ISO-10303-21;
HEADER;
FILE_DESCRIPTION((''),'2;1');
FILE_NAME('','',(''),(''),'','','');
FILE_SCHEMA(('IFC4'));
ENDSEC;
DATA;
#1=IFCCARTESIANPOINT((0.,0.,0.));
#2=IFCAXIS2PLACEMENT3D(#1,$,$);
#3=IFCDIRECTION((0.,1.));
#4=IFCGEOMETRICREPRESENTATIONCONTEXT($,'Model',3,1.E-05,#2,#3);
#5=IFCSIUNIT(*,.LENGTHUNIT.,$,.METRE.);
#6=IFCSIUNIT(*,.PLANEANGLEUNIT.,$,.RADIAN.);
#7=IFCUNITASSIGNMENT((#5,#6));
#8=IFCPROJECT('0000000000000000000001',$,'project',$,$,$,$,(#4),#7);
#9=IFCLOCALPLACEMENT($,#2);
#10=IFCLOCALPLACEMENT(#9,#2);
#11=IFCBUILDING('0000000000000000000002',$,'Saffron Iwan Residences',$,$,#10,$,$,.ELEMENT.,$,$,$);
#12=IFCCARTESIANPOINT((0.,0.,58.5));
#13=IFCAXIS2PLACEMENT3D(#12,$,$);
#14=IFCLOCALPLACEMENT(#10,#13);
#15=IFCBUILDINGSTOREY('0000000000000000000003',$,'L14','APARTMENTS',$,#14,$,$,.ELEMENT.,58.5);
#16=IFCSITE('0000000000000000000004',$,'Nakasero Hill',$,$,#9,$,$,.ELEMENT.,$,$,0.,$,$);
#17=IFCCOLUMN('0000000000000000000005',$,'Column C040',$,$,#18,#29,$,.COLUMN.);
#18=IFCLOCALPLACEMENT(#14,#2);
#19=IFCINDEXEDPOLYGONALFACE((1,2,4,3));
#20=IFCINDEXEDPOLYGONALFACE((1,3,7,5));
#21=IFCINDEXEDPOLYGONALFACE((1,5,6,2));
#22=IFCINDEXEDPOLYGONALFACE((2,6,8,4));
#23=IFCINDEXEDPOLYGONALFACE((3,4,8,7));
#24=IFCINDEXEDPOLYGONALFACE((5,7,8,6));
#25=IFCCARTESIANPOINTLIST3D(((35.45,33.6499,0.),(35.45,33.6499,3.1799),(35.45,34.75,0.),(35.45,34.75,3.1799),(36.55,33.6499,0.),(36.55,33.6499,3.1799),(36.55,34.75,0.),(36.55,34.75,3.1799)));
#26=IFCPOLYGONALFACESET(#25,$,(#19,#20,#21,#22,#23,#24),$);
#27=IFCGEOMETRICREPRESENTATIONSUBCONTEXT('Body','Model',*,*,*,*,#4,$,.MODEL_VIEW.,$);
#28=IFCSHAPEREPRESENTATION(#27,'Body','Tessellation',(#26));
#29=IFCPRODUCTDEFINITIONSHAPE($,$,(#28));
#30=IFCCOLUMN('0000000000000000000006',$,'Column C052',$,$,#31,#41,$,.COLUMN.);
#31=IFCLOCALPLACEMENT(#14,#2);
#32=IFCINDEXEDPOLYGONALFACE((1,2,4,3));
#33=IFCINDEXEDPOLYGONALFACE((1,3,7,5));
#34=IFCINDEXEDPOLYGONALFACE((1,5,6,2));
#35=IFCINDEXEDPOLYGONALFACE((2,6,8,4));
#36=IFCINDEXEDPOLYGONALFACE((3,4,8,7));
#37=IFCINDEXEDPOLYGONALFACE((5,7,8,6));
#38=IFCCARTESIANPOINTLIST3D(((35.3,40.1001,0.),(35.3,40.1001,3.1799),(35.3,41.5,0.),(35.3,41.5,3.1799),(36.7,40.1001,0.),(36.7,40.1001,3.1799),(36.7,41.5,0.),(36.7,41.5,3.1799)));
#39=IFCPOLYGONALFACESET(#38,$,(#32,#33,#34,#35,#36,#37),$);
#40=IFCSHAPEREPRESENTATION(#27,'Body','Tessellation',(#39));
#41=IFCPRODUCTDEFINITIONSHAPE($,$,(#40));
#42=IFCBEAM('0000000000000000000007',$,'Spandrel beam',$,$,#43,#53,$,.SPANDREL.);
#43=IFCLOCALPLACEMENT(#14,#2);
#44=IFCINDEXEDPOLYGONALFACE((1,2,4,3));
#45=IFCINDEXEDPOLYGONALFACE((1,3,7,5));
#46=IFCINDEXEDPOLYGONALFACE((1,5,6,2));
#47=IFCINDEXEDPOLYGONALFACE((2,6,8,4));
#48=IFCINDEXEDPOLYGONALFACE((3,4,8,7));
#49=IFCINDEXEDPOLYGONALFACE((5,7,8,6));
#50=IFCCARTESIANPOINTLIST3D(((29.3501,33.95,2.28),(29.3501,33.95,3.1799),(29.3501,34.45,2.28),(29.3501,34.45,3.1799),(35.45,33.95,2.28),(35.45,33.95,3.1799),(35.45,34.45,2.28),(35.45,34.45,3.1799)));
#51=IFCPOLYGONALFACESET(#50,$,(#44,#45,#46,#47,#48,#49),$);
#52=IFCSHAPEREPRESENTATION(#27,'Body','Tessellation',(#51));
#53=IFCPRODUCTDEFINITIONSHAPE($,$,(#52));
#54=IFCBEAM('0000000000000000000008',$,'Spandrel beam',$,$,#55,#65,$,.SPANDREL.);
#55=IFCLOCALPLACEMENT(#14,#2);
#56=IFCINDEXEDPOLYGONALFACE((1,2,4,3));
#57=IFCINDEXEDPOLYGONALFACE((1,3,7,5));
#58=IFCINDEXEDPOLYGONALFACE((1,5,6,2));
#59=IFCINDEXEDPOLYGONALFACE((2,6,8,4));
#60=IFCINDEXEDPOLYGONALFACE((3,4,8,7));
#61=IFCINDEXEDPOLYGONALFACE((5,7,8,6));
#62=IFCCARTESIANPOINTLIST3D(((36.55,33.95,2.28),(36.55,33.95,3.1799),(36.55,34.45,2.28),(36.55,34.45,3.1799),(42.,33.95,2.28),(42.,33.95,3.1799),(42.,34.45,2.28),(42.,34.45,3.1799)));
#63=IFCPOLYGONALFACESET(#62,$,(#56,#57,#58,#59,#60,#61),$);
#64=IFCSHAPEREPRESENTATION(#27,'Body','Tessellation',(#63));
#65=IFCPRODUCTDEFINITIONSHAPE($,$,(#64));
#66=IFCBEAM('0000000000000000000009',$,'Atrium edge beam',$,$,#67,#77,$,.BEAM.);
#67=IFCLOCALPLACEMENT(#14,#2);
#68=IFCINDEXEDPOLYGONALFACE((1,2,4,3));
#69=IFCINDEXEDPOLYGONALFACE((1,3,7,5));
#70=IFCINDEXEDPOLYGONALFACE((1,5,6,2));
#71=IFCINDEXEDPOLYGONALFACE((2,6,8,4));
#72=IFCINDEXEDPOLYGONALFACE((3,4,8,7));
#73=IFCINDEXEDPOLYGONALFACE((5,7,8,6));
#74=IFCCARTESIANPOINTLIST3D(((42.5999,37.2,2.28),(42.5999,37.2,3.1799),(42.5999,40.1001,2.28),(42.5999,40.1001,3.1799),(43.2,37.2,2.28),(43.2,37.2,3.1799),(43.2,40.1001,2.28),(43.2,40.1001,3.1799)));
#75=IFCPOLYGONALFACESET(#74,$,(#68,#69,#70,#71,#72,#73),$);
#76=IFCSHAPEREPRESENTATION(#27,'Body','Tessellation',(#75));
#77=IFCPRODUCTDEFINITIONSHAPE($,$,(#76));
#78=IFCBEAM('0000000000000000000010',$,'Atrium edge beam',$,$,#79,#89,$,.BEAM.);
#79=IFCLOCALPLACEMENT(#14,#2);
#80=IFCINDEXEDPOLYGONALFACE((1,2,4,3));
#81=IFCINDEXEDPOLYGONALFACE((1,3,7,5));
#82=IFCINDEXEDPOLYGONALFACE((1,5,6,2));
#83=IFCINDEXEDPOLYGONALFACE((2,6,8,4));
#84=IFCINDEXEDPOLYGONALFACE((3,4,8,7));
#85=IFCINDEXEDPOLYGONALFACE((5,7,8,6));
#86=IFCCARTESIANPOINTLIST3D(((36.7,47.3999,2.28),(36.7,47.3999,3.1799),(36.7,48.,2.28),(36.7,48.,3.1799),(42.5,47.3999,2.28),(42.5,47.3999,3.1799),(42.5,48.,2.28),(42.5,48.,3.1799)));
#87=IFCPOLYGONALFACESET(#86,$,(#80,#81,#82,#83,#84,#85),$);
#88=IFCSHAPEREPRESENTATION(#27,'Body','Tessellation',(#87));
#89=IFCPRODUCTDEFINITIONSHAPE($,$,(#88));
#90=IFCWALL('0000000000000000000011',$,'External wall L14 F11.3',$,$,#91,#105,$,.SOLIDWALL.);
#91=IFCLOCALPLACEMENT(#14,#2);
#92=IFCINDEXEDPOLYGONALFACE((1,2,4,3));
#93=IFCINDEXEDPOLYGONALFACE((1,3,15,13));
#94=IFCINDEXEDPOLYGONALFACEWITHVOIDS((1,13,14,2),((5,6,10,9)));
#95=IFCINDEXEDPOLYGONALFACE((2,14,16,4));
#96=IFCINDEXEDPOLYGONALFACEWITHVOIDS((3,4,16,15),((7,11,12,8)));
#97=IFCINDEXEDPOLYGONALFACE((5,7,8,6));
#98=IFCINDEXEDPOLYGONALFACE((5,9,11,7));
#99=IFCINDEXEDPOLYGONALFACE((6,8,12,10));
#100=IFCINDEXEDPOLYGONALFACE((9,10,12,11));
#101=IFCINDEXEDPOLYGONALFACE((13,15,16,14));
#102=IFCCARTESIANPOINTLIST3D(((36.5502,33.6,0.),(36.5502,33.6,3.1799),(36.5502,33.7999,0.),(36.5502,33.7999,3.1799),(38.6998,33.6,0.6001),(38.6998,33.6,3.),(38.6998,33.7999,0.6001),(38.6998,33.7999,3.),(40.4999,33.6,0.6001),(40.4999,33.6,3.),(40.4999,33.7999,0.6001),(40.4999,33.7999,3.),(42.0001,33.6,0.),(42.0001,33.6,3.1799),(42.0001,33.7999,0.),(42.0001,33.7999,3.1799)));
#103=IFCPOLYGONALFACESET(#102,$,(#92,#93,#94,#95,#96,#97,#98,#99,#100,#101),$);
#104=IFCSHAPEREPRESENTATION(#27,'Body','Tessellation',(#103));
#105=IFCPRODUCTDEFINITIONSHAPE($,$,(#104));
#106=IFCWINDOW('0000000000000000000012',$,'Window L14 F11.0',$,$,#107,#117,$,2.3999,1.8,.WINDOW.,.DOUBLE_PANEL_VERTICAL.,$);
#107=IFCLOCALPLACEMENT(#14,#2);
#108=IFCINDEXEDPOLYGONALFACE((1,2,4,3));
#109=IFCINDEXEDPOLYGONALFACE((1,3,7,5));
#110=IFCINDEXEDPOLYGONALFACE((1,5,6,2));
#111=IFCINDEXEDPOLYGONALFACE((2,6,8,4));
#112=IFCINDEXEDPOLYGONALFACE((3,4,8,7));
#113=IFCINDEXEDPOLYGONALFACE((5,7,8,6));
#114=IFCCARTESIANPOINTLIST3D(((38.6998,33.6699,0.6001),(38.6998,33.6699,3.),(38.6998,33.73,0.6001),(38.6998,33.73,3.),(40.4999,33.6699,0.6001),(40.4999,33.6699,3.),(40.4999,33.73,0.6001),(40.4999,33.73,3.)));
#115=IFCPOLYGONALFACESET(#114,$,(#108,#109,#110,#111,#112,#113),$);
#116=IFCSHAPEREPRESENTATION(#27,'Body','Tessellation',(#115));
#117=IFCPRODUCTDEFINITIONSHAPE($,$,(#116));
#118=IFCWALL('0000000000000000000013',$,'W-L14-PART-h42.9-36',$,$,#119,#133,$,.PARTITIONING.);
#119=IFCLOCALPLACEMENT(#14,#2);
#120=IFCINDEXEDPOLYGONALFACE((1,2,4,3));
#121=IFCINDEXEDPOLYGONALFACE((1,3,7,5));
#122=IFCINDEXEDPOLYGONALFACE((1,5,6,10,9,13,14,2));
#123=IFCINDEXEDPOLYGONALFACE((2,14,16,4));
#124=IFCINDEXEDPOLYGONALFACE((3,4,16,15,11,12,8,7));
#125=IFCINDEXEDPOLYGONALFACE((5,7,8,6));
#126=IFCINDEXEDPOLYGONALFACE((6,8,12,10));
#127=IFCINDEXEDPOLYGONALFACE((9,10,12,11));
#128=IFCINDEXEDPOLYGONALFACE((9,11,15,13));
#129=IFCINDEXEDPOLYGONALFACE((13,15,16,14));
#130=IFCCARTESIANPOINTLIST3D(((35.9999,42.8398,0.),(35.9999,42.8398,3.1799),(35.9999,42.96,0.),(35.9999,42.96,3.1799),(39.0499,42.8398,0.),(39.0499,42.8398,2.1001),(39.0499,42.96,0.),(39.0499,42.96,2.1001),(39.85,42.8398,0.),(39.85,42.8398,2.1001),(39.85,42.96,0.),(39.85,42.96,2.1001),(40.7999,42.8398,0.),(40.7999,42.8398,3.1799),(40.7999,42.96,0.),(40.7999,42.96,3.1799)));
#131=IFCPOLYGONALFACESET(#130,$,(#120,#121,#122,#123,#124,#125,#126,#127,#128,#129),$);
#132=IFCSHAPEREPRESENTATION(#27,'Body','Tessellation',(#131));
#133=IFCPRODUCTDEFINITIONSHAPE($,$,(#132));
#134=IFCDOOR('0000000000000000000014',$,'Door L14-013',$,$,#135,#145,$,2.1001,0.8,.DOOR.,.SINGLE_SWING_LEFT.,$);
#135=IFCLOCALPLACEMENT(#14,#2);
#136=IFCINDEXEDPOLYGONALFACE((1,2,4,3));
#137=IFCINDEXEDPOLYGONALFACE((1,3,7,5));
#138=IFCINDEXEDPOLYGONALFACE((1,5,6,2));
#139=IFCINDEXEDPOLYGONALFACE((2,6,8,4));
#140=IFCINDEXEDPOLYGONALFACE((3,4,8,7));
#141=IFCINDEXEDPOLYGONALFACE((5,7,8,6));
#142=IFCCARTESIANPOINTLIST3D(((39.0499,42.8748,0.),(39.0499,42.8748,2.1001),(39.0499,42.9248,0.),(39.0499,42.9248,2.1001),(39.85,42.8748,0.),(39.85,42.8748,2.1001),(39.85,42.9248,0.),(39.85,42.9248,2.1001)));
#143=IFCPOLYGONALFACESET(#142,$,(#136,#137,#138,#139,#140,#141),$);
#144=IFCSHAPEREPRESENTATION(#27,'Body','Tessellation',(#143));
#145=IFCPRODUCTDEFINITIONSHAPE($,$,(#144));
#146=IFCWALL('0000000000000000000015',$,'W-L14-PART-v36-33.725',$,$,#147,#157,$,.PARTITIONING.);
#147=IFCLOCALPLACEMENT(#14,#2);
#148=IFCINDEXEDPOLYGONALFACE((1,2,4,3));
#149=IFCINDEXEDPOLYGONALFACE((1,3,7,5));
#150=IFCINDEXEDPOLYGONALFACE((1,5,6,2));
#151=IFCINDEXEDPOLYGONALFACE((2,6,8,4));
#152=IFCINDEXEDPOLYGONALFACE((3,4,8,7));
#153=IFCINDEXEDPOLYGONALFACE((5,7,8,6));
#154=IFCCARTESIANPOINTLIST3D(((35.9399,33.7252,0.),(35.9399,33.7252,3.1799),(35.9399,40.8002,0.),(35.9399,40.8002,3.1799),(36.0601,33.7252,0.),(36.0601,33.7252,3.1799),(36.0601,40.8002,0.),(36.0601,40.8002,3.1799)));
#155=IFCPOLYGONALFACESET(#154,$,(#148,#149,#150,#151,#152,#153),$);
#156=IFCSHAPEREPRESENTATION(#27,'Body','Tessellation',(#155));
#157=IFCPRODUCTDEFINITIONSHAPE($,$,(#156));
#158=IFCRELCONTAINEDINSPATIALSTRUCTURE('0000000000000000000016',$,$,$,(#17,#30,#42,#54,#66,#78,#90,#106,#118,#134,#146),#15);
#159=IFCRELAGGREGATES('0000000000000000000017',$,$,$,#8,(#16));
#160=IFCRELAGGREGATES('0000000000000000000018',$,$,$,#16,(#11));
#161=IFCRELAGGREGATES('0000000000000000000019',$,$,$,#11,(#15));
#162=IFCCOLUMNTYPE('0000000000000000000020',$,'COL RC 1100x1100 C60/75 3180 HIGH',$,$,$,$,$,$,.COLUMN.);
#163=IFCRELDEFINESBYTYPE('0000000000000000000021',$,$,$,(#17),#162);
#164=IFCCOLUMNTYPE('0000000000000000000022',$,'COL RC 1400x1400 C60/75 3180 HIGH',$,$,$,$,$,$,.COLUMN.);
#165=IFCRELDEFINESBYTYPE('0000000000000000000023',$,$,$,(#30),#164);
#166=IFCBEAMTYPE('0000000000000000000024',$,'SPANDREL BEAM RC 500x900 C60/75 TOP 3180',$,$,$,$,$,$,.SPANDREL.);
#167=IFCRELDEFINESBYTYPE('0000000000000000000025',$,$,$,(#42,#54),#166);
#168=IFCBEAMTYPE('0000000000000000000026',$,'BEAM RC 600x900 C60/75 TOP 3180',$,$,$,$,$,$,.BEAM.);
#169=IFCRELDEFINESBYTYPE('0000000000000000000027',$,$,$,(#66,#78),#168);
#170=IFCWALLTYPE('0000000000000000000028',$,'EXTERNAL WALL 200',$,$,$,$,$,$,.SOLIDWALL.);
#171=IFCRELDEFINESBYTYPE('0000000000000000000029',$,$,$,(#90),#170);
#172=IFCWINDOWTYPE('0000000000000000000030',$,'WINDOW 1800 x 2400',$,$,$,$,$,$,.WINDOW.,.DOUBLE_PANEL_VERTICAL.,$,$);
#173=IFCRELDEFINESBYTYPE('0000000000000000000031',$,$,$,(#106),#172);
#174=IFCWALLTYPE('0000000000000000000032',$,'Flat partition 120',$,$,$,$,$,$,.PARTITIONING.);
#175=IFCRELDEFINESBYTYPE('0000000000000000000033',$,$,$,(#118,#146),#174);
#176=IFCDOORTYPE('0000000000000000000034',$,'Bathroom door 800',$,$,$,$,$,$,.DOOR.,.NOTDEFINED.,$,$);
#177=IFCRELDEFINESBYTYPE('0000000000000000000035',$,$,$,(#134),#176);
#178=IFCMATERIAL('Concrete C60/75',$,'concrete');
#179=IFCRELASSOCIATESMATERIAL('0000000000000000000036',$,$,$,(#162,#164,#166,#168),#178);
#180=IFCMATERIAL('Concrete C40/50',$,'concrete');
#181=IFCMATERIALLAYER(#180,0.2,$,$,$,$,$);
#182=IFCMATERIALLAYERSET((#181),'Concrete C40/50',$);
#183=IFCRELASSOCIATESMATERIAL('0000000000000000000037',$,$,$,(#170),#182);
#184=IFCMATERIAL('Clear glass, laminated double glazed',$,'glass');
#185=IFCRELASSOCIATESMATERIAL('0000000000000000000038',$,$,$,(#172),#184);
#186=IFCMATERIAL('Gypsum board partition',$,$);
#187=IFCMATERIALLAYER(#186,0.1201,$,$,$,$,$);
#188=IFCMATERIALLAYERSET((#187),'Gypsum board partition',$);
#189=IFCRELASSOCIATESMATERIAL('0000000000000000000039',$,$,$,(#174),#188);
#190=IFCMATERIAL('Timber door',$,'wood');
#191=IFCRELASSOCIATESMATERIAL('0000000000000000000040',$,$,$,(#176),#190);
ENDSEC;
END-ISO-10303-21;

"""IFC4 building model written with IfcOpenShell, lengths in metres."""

from ifc_helpers import new_model, si_unit, direction, frame, frame_2d, origin, origin_2d, place, context, subcontext, project, spatial, rectangle, extrude, source, transform, mapped, material, layer, layer_set, material_profile, profile_set, type_object, element, fill, save


model = new_model("IFC4")

# Units and contexts
model_context = context("Model", 3, precision=1e-05, world=origin(), true_north=direction((0.0, 1.0)))
body_context = subcontext(model_context, "Body", "Model", "MODEL_VIEW")
ifc_project = project(units=[si_unit("LENGTHUNIT", "METRE"), si_unit("PLANEANGLEUNIT", "RADIAN")], contexts=[model_context])

# Site, building, storey
site_placement = place(None, origin())
site = spatial("IfcSite", under=ifc_project, at=site_placement, Name="Nakasero Hill", CompositionType="ELEMENT", RefElevation=0.0)
building_placement = place(site_placement, origin())
building = spatial("IfcBuilding", under=site, at=building_placement, Name="Saffron Iwan Residences", CompositionType="ELEMENT")
storey_placement = place(building_placement, frame((0.0, 0.0, 58.5)))
storey = spatial("IfcBuildingStorey", under=building, at=storey_placement, Name="L14", Description="APARTMENTS", CompositionType="ELEMENT", Elevation=58.5)

# Columns
ifc_material_1 = material(Name="Concrete C60/75", Category="concrete")
ifc_material_profile_1 = material_profile(ifc_material_1, rectangle(XDim=1.1001, YDim=1.1001, at=origin_2d()), Name="RC 1100x1100")
ifc_profile_set_1 = profile_set([ifc_material_profile_1], Name="Concrete C60/75")
column_type_1 = type_object("IfcColumnType", Name="COL RC 1100x1100 C60/75 3180 HIGH", PredefinedType="COLUMN", material=ifc_profile_set_1)
shared_shape_1 = source(origin(), body_context, "Body", "SweptSolid", [
    extrude(rectangle(XDim=1.1001, YDim=1.1001, at=origin_2d()), origin(), (0.0, 0.0, 1.0), 3.1799),
])
column_1_placement = place(storey_placement, frame((36.0, 34.2, 0.0), z_axis=(0.0, 0.0, 1.0), x_axis=(1.0, 0.0, 0.0)))
element("IfcColumn", 1, at=column_1_placement, inside=storey, type_object=column_type_1, Name="Column C040", PredefinedType="COLUMN", context=body_context, shape_type="MappedRepresentation", body=[
    mapped(shared_shape_1, transform((0.0, 0.0, 0.0))),
])
ifc_material_profile_2 = material_profile(ifc_material_1, rectangle(XDim=1.3999, YDim=1.3999, at=origin_2d()), Name="RC 1400x1400")
ifc_profile_set_2 = profile_set([ifc_material_profile_2], Name="Concrete C60/75")
column_type_2 = type_object("IfcColumnType", Name="COL RC 1400x1400 C60/75 3180 HIGH", PredefinedType="COLUMN", material=ifc_profile_set_2)
shared_shape_2 = source(origin(), body_context, "Body", "SweptSolid", [
    extrude(rectangle(XDim=1.3999, YDim=1.3999, at=origin_2d()), origin(), (0.0, 0.0, 1.0), 3.1799),
])
column_2_placement = place(storey_placement, frame((36.0, 40.8, 0.0), z_axis=(0.0, 0.0, 1.0), x_axis=(1.0, 0.0, 0.0)))
element("IfcColumn", 2, at=column_2_placement, inside=storey, type_object=column_type_2, Name="Column C052", PredefinedType="COLUMN", context=body_context, shape_type="MappedRepresentation", body=[
    mapped(shared_shape_2, transform((0.0, 0.0, 0.0))),
])

# Beams
ifc_material_profile_3 = material_profile(ifc_material_1, rectangle(XDim=0.5, YDim=0.8999, at=origin_2d()), Name="RC 500x900")
ifc_profile_set_3 = profile_set([ifc_material_profile_3], Name="Concrete C60/75")
beam_type_1 = type_object("IfcBeamType", Name="SPANDREL BEAM RC 500x900 C60/75 TOP 3180", PredefinedType="SPANDREL", material=ifc_profile_set_3)
shared_shape_3 = source(origin(), body_context, "Body", "SweptSolid", [
    extrude(rectangle(XDim=0.5, YDim=0.8999, at=origin_2d()), origin(), (0.0, 0.0, 1.0), 6.0999),
])
beam_1_placement = place(storey_placement, frame((35.45, 34.2, 2.73), z_axis=(-1.0, 0.0, 0.0), x_axis=(0.0, -1.0, 0.0)))
element("IfcBeam", 3, at=beam_1_placement, inside=storey, type_object=beam_type_1, Name="Spandrel beam", PredefinedType="SPANDREL", context=body_context, shape_type="MappedRepresentation", body=[
    mapped(shared_shape_3, transform((0.0, 0.0, 0.0))),
])
shared_shape_4 = source(origin(), body_context, "Body", "SweptSolid", [
    extrude(rectangle(XDim=0.5, YDim=0.8999, at=origin_2d()), origin(), (0.0, 0.0, 1.0), 5.45),
])
beam_2_placement = place(storey_placement, frame((42.0, 34.2, 2.73), z_axis=(-1.0, 0.0, 0.0), x_axis=(0.0, -1.0, 0.0)))
element("IfcBeam", 4, at=beam_2_placement, inside=storey, type_object=beam_type_1, Name="Spandrel beam", PredefinedType="SPANDREL", context=body_context, shape_type="MappedRepresentation", body=[
    mapped(shared_shape_4, transform((0.0, 0.0, 0.0))),
])
ifc_material_profile_4 = material_profile(ifc_material_1, rectangle(XDim=0.6001, YDim=0.8999, at=origin_2d()), Name="RC 600x900")
ifc_profile_set_4 = profile_set([ifc_material_profile_4], Name="Concrete C60/75")
beam_type_2 = type_object("IfcBeamType", Name="BEAM RC 600x900 C60/75 TOP 3180", PredefinedType="BEAM", material=ifc_profile_set_4)
shared_shape_5 = source(origin(), body_context, "Body", "SweptSolid", [
    extrude(rectangle(XDim=0.6001, YDim=0.8999, at=origin_2d()), origin(), (0.0, 0.0, 1.0), 2.9001),
])
beam_3_placement = place(storey_placement, frame((42.8999, 37.2, 2.73), z_axis=(0.0, 1.0, 0.0), x_axis=(-1.0, 0.0, 0.0)))
element("IfcBeam", 5, at=beam_3_placement, inside=storey, type_object=beam_type_2, Name="Atrium edge beam", PredefinedType="BEAM", context=body_context, shape_type="MappedRepresentation", body=[
    mapped(shared_shape_5, transform((0.0, 0.0, 0.0))),
])
shared_shape_6 = source(origin(), body_context, "Body", "SweptSolid", [
    extrude(rectangle(XDim=0.6001, YDim=0.8999, at=origin_2d()), origin(), (0.0, 0.0, 1.0), 5.8),
])
beam_4_placement = place(storey_placement, frame((42.5, 47.7, 2.73), z_axis=(-1.0, 0.0, 0.0), x_axis=(0.0, -1.0, 0.0)))
element("IfcBeam", 6, at=beam_4_placement, inside=storey, type_object=beam_type_2, Name="Atrium edge beam", PredefinedType="BEAM", context=body_context, shape_type="MappedRepresentation", body=[
    mapped(shared_shape_6, transform((0.0, 0.0, 0.0))),
])

# Wall, opening, window
ifc_material_2 = material(Name="Concrete C40/50", Category="concrete")
ifc_layer_1 = layer(ifc_material_2, 0.2)
ifc_layer_set_1 = layer_set([ifc_layer_1], Name="Concrete C40/50")
wall_type_1 = type_object("IfcWallType", Name="EXTERNAL WALL 200", PredefinedType="SOLIDWALL", material=ifc_layer_set_1)
wall_1_placement = place(storey_placement, frame((36.55, 33.7, 0.0), z_axis=(0.0, 0.0, 1.0), x_axis=(1.0, 0.0, 0.0)))
wall_1 = element("IfcWall", 7, at=wall_1_placement, inside=storey, type_object=wall_type_1, Name="External wall L14 F11.3", PredefinedType="SOLIDWALL", context=body_context, shape_type="SweptSolid", body=[
    extrude(rectangle(XDim=5.45, YDim=0.2, at=frame_2d((2.7251, 0.0))), origin(), (0.0, 0.0, 1.0), 3.1799),
])
opening_1_placement = place(wall_1_placement, frame((2.1499, 0.0, 0.6001)))
opening_1 = element("IfcOpeningElement", 8, at=opening_1_placement, cuts=wall_1, PredefinedType="OPENING", context=body_context, shape_type="SweptSolid", body=[
    extrude(rectangle(XDim=1.8, YDim=2.3999, at=frame_2d((0.8999, 1.2))), frame((0.0, 0.1099, 0.0), z_axis=(0.0, -1.0, 0.0), x_axis=(1.0, 0.0, 0.0)), (0.0, 0.0, 1.0), 0.22),
])
ifc_material_3 = material(Name="Clear glass, laminated double glazed", Category="glass")
window_type = type_object("IfcWindowType", Name="WINDOW 1800 x 2400", PartitioningType="DOUBLE_PANEL_VERTICAL", PredefinedType="WINDOW", material=ifc_material_3)
window_placement = place(opening_1_placement, origin())
window = element("IfcWindow", 9, at=window_placement, inside=storey, type_object=window_type, Name="Window L14 F11.0", OverallHeight=2.3999, OverallWidth=1.8, PartitioningType="DOUBLE_PANEL_VERTICAL", PredefinedType="WINDOW", context=body_context, shape_type="SweptSolid", body=[
    extrude(rectangle(XDim=1.8, YDim=2.3999, at=frame_2d((0.8999, 1.2))), frame((0.0, 0.03, 0.0), z_axis=(0.0, -1.0, 0.0), x_axis=(1.0, 0.0, 0.0)), (0.0, 0.0, 1.0), 0.0601),
])
fill(opening_1, window)

# Wall, opening, door
ifc_material_4 = material(Name="Gypsum board partition")
ifc_layer_2 = layer(ifc_material_4, 0.1201)
ifc_layer_set_2 = layer_set([ifc_layer_2], Name="Gypsum board partition")
wall_type_2 = type_object("IfcWallType", Name="Flat partition 120", PredefinedType="PARTITIONING", material=ifc_layer_set_2)
wall_2_placement = place(storey_placement, frame((36.0, 42.8999, 0.0), z_axis=(0.0, 0.0, 1.0), x_axis=(1.0, 0.0, 0.0)))
wall_2 = element("IfcWall", 10, at=wall_2_placement, inside=storey, type_object=wall_type_2, Name="W-L14-PART-h42.9-36", PredefinedType="PARTITIONING", context=body_context, shape_type="SweptSolid", body=[
    extrude(rectangle(XDim=4.8, YDim=0.1201, at=frame_2d((2.3999, 0.0))), origin(), (0.0, 0.0, 1.0), 3.1799),
])
opening_2_placement = place(wall_2_placement, frame((3.05, 0.0, 0.0)))
opening_2 = element("IfcOpeningElement", 11, at=opening_2_placement, cuts=wall_2, PredefinedType="OPENING", context=body_context, shape_type="SweptSolid", body=[
    extrude(rectangle(XDim=0.8, YDim=2.1001, at=frame_2d((0.3999, 1.05))), frame((0.0, 0.0701, 0.0), z_axis=(0.0, -1.0, 0.0), x_axis=(1.0, 0.0, 0.0)), (0.0, 0.0, 1.0), 0.1401),
])
ifc_material_5 = material(Name="Timber door", Category="wood")
door_type = type_object("IfcDoorType", Name="Bathroom door 800", OperationType="NOTDEFINED", PredefinedType="DOOR", material=ifc_material_5)
door_1_placement = place(opening_2_placement, origin())
door_1 = element("IfcDoor", 12, at=door_1_placement, inside=storey, type_object=door_type, Name="Door L14-013", OperationType="SINGLE_SWING_LEFT", OverallHeight=2.1001, OverallWidth=0.8, PredefinedType="DOOR", context=body_context, shape_type="SweptSolid", body=[
    extrude(rectangle(XDim=0.8, YDim=2.1001, at=frame_2d((0.3999, 1.05))), frame((0.0, 0.0249, 0.0), z_axis=(0.0, -1.0, 0.0), x_axis=(1.0, 0.0, 0.0)), (0.0, 0.0, 1.0), 0.05),
])
fill(opening_2, door_1)

# Wall
wall_3_placement = place(storey_placement, frame((36.0, 33.7251, 0.0), z_axis=(0.0, 0.0, 1.0), x_axis=(0.0, 1.0, 0.0)))
element("IfcWall", 13, at=wall_3_placement, inside=storey, type_object=wall_type_2, Name="W-L14-PART-v36-33.725", PredefinedType="PARTITIONING", context=body_context, shape_type="SweptSolid", body=[
    extrude(rectangle(XDim=7.075, YDim=0.1201, at=frame_2d((3.5376, 0.0))), origin(), (0.0, 0.0, 1.0), 3.1799),
])

save(model, "model.ifc")
